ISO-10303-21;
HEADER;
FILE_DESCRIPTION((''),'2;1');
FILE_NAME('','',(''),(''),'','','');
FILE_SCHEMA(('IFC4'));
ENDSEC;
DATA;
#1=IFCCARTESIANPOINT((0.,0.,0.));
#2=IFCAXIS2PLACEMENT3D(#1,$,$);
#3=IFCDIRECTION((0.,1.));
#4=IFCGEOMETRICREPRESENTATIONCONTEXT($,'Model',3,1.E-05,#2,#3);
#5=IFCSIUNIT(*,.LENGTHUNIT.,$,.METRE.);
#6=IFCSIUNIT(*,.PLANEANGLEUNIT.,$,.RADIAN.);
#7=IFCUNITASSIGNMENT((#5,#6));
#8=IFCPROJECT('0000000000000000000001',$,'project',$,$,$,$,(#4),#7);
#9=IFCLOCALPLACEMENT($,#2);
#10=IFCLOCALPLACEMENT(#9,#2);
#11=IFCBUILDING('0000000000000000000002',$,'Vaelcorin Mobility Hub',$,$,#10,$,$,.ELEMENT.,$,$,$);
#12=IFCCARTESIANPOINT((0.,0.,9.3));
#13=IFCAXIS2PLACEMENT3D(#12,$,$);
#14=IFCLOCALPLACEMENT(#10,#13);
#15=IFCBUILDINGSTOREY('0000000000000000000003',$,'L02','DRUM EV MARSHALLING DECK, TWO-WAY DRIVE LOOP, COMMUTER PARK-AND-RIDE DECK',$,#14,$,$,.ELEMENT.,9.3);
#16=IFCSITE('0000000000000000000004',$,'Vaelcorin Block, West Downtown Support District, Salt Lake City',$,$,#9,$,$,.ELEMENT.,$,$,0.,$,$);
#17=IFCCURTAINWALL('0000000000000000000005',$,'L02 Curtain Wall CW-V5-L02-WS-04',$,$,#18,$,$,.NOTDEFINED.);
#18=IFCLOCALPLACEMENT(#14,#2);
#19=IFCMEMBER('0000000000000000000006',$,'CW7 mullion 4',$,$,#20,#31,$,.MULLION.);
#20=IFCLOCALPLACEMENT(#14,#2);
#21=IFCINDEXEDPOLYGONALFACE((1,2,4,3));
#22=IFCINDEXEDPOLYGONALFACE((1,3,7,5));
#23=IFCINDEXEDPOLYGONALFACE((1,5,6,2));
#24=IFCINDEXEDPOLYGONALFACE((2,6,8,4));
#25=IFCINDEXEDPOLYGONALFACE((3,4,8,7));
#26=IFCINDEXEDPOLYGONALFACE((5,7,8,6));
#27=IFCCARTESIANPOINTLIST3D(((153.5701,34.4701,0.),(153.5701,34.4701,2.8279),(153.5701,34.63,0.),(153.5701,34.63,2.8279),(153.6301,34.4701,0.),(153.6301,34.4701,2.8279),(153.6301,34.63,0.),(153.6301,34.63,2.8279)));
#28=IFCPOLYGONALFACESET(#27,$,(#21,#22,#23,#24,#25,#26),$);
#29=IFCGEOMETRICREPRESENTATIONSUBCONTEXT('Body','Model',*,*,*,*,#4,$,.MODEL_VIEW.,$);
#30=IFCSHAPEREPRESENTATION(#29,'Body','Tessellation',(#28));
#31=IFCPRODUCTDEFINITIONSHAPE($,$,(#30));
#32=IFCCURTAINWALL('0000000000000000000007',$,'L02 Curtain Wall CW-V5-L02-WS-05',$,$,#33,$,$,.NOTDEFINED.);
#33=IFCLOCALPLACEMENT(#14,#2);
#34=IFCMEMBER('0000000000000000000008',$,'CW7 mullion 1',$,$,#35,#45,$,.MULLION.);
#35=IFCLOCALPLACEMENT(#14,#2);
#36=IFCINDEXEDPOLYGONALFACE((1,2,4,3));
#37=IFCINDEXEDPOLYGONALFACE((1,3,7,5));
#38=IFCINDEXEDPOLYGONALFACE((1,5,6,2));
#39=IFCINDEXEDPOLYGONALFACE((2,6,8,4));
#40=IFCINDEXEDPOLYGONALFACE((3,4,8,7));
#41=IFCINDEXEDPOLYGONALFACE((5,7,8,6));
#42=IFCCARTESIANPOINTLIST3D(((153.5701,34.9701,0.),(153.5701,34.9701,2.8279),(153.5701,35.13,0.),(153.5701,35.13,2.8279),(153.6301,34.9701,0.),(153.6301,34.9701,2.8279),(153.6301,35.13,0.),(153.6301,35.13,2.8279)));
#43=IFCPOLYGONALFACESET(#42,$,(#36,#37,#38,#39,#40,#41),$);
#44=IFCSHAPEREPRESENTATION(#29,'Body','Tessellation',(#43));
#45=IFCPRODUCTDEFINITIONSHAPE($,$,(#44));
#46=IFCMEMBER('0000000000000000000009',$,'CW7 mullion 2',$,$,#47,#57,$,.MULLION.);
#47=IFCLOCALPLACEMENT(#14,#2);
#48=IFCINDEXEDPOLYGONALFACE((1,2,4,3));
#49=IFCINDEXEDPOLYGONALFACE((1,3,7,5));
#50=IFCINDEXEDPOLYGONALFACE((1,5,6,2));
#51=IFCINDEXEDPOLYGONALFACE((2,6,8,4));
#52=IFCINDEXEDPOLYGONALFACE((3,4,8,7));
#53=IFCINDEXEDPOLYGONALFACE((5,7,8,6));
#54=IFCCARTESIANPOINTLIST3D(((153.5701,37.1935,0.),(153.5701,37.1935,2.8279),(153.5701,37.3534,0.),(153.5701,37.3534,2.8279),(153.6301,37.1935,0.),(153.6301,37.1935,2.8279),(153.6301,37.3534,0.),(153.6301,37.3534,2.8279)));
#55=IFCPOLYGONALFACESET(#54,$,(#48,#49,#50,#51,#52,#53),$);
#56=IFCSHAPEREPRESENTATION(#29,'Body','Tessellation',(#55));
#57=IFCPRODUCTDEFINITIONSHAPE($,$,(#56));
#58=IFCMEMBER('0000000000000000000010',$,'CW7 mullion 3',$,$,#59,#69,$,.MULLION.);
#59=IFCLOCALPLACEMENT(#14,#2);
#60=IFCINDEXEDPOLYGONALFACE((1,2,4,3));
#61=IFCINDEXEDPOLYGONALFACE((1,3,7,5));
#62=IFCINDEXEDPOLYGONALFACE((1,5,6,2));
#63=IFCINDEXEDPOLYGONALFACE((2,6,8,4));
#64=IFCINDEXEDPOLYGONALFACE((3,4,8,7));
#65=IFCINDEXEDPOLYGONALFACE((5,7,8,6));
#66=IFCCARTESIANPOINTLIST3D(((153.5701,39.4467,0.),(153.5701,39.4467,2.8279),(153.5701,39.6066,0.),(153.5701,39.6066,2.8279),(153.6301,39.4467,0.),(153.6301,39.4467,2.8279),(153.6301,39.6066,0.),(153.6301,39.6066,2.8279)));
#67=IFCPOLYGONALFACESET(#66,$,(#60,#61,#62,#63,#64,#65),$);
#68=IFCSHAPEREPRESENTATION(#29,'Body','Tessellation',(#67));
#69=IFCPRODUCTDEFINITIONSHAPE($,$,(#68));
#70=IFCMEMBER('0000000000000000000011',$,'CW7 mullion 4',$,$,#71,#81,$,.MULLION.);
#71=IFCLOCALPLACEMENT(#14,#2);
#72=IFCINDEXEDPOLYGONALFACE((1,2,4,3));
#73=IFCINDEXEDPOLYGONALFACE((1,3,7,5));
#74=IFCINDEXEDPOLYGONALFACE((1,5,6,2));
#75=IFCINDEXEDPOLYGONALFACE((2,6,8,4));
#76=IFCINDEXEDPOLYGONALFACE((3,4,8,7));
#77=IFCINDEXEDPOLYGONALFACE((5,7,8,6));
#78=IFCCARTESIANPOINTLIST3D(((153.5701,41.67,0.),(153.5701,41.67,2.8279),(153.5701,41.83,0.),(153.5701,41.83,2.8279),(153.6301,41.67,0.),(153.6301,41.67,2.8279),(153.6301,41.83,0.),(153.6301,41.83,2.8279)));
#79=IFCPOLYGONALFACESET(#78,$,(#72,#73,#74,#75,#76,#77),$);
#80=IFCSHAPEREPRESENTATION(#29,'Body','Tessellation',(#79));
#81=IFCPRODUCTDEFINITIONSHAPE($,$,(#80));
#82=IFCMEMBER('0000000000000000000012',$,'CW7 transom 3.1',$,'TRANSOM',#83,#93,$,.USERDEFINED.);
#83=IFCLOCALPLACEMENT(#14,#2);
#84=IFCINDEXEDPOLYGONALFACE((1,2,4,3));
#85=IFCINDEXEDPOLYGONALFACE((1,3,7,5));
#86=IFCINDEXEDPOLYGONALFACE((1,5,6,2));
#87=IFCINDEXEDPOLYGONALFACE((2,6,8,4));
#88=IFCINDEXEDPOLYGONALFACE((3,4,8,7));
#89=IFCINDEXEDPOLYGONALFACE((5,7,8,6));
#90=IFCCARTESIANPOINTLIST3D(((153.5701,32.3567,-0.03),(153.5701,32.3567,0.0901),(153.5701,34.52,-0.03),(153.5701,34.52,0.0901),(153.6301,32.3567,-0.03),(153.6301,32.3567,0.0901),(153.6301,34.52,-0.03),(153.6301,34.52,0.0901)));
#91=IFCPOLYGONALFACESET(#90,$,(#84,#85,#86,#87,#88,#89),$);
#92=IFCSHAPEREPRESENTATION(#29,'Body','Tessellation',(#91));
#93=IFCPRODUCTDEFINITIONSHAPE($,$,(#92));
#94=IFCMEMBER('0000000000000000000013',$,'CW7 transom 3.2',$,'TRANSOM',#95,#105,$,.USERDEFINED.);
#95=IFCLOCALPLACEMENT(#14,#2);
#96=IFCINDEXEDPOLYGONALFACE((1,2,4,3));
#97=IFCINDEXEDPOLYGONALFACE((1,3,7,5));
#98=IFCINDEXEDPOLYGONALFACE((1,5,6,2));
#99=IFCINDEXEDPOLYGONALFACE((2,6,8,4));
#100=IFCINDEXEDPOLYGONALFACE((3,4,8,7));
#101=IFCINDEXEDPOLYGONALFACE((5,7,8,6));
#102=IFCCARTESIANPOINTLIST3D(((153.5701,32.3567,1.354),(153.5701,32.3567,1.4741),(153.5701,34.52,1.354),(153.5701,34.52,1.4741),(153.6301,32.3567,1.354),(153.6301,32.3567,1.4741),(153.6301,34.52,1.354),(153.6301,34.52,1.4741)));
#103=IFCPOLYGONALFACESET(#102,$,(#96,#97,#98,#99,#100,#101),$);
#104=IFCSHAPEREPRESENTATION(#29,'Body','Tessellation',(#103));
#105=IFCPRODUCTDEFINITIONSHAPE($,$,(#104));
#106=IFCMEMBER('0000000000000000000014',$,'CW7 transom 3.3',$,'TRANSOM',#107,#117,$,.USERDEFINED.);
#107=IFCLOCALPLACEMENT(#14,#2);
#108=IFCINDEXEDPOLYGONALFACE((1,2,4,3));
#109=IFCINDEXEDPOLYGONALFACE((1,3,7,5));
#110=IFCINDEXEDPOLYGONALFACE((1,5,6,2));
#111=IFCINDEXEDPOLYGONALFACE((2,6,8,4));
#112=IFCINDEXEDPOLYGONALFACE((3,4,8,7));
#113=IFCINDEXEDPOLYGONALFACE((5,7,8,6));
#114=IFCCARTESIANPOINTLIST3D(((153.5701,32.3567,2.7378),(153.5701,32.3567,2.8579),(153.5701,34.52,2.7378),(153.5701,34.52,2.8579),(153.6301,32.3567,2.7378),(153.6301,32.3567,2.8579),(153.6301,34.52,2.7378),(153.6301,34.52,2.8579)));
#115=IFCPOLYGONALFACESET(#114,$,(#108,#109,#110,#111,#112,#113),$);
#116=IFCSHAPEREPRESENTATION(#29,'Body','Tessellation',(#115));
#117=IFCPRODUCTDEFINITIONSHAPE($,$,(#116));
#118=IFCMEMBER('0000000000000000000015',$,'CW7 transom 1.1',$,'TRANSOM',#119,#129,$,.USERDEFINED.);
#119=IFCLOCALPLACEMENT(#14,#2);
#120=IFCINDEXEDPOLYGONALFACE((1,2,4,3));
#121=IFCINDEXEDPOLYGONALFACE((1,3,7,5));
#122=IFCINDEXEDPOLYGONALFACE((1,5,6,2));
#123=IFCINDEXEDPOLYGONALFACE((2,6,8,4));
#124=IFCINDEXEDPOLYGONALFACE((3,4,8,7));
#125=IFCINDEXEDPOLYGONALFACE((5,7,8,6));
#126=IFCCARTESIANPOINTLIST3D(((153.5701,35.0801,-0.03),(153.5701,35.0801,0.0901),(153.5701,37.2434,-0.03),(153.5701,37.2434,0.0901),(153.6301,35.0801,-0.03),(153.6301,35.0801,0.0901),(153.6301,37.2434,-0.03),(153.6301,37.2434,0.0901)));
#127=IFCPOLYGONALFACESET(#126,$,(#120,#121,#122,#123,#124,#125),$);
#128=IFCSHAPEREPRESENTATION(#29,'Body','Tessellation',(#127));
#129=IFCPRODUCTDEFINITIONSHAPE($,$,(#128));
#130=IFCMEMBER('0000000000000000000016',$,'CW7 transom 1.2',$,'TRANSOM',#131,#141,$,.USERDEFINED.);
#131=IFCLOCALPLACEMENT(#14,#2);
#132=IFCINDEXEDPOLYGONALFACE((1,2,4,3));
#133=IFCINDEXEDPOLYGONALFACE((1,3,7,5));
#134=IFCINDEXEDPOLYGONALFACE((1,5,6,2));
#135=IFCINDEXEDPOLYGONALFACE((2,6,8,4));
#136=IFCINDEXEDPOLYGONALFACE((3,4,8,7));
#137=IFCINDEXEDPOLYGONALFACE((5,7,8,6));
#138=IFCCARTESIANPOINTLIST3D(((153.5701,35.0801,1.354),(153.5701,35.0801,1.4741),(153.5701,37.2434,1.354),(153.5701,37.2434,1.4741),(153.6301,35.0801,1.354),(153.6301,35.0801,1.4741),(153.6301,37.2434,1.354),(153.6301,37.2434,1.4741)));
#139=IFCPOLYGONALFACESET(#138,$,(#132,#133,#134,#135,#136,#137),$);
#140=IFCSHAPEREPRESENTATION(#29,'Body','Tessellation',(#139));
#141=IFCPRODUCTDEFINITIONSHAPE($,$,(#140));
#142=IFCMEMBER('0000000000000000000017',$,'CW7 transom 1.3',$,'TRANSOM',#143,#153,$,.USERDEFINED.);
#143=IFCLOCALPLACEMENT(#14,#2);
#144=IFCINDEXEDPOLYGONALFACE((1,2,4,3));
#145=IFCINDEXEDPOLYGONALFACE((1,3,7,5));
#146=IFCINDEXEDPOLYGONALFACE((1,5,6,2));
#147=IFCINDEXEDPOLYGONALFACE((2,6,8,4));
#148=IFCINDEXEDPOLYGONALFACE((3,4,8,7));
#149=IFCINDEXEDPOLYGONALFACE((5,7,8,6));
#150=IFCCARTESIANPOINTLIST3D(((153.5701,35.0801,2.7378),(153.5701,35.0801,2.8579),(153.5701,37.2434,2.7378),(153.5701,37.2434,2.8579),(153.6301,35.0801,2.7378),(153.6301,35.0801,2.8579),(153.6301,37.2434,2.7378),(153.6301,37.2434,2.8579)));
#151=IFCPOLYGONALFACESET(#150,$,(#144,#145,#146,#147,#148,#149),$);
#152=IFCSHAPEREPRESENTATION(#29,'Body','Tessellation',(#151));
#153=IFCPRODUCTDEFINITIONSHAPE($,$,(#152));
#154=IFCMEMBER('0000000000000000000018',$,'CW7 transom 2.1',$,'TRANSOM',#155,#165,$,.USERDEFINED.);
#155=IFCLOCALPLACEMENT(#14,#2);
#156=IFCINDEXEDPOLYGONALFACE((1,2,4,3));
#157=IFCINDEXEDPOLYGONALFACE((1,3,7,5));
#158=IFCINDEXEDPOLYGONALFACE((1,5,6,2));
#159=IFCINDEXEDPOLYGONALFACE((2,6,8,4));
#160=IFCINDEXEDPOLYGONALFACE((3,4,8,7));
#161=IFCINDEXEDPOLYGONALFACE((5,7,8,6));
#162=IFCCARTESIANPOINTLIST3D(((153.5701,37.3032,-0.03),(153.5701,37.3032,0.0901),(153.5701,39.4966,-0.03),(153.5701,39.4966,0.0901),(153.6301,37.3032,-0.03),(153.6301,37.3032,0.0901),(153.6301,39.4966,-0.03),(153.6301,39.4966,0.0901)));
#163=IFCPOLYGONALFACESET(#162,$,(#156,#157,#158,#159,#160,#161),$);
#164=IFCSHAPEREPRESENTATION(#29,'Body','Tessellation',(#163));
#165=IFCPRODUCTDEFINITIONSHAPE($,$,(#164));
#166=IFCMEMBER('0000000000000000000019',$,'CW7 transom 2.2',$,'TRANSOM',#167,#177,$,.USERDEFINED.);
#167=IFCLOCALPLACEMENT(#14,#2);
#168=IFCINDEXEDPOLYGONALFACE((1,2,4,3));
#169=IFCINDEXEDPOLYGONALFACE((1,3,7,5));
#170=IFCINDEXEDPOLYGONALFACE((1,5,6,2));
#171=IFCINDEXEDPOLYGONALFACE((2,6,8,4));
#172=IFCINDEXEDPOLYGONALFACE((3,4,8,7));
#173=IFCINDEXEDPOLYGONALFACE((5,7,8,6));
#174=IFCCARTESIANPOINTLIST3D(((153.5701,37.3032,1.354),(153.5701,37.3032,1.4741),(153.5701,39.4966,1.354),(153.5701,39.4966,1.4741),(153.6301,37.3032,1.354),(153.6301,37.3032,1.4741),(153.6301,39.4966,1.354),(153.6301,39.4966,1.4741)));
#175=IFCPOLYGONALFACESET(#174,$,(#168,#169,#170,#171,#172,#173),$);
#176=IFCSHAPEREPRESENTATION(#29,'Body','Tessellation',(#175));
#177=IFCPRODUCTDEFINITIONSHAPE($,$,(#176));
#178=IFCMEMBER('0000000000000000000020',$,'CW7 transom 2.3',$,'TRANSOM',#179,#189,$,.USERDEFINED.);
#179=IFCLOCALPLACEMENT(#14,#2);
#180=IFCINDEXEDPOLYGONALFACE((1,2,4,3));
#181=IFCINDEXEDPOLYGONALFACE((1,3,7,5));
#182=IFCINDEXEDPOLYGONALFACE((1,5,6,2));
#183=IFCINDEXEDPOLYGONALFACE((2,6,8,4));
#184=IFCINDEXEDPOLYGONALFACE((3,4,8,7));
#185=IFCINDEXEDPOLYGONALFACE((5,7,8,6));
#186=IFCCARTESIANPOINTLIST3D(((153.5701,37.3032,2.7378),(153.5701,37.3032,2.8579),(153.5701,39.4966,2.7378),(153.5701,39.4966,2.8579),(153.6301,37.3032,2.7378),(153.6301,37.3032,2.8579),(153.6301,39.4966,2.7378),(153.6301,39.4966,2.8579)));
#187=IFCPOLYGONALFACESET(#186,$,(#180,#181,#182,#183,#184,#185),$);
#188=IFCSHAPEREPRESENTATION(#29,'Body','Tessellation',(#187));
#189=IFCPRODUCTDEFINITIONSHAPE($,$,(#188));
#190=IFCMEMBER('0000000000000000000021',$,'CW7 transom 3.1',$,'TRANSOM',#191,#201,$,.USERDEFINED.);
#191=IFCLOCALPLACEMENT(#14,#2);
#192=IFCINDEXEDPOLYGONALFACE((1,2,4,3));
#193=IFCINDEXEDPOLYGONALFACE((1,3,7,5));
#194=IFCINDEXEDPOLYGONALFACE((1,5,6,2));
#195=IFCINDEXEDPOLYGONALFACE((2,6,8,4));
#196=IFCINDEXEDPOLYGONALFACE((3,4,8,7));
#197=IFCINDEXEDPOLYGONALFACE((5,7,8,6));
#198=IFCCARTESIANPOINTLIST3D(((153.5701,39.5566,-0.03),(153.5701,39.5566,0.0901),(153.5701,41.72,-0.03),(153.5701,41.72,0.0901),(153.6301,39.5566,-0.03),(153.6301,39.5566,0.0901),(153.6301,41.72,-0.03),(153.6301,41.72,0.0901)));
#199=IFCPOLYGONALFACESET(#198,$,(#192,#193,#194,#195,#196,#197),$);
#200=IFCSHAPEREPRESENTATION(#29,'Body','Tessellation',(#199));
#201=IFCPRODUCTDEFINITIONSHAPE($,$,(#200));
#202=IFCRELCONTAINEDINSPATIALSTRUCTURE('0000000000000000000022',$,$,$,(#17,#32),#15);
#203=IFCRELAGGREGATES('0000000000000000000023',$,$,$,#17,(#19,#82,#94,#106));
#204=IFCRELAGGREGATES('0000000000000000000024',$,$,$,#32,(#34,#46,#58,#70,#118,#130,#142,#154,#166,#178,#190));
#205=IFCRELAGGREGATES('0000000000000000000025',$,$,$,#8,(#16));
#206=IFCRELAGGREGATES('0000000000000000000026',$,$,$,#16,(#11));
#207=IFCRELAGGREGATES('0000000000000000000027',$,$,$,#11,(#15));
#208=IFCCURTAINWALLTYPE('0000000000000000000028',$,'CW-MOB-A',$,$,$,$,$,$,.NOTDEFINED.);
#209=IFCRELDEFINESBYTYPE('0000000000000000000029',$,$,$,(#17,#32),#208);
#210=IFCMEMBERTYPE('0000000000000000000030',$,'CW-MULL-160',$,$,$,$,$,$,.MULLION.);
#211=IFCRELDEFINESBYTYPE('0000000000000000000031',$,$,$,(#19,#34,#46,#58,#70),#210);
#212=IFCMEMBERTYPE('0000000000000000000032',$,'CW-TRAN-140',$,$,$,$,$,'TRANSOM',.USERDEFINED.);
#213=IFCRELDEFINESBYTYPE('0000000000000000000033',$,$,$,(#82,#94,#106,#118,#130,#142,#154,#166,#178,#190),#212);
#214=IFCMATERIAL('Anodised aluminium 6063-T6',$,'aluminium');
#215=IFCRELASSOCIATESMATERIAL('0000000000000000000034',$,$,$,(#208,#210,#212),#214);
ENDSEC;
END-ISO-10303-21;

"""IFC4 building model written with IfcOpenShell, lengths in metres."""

from ifc_helpers import new_model, si_unit, direction, frame, origin, origin_2d, place, context, subcontext, project, spatial, rectangle, extrude, material, material_profile, profile_set, type_object, element, aggregate, save


model = new_model("IFC4")

# Units and contexts
model_context = context("Model", 3, precision=1e-05, world=origin(), true_north=direction((0.0, 1.0)))
body_context = subcontext(model_context, "Body", "Model", "MODEL_VIEW")
ifc_project = project(units=[si_unit("LENGTHUNIT", "METRE"), si_unit("PLANEANGLEUNIT", "RADIAN")], contexts=[model_context])

# Site, building, storey
site_placement = place(None, origin())
site = spatial("IfcSite", under=ifc_project, at=site_placement, Name="Vaelcorin Block, West Downtown Support District, Salt Lake City", CompositionType="ELEMENT", RefElevation=0.0)
building_placement = place(site_placement, origin())
building = spatial("IfcBuilding", under=site, at=building_placement, Name="Vaelcorin Mobility Hub", CompositionType="ELEMENT")
storey_placement = place(building_placement, frame((0.0, 0.0, 9.3)))
storey = spatial("IfcBuildingStorey", under=building, at=storey_placement, Name="L02", Description="DRUM EV MARSHALLING DECK, TWO-WAY DRIVE LOOP, COMMUTER PARK-AND-RIDE DECK", CompositionType="ELEMENT", Elevation=9.3)

# Curtain wall, member
ifc_material_1 = material(Name="Anodised aluminium 6063-T6", Category="aluminium")
curtain_wall_type = type_object("IfcCurtainWallType", Name="CW-MOB-A", PredefinedType="NOTDEFINED", material=ifc_material_1)
curtain_wall_1_placement = place(storey_placement, origin())
curtain_wall_1 = element("IfcCurtainWall", 1, at=curtain_wall_1_placement, inside=storey, type_object=curtain_wall_type, Name="L02 Curtain Wall CW-V5-L02-WS-04", PredefinedType="NOTDEFINED")
ifc_material_profile_1 = material_profile(ifc_material_1, rectangle(XDim=0.0601, YDim=0.1599, at=origin_2d()), Name="ALU-M60X160")
ifc_profile_set_1 = profile_set([ifc_material_profile_1], Name="Anodised aluminium 6063-T6")
member_type_1 = type_object("IfcMemberType", Name="CW-MULL-160", PredefinedType="MULLION", material=ifc_profile_set_1)
member_1_placement = place(storey_placement, frame((153.6001, 34.55, 0.0), z_axis=(0.0, 0.0, 1.0), x_axis=(-1.0, 0.0, 0.0)))
member_1 = element("IfcMember", 2, at=member_1_placement, type_object=member_type_1, Name="CW7 mullion 4", PredefinedType="MULLION", context=body_context, shape_type="SweptSolid", body=[
    extrude(rectangle(XDim=0.0601, YDim=0.1599, at=origin_2d()), origin(), (0.0, 0.0, 1.0), 2.8279),
])

# Curtain wall, members
curtain_wall_2_placement = place(storey_placement, origin())
curtain_wall_2 = element("IfcCurtainWall", 3, at=curtain_wall_2_placement, inside=storey, type_object=curtain_wall_type, Name="L02 Curtain Wall CW-V5-L02-WS-05", PredefinedType="NOTDEFINED")
member_2_placement = place(storey_placement, frame((153.6001, 35.05, 0.0), z_axis=(0.0, 0.0, 1.0), x_axis=(-1.0, 0.0, 0.0)))
member_2 = element("IfcMember", 4, at=member_2_placement, type_object=member_type_1, Name="CW7 mullion 1", PredefinedType="MULLION", context=body_context, shape_type="SweptSolid", body=[
    extrude(rectangle(XDim=0.0601, YDim=0.1599, at=origin_2d()), origin(), (0.0, 0.0, 1.0), 2.8279),
])
member_3_placement = place(storey_placement, frame((153.6001, 37.2734, 0.0), z_axis=(0.0, 0.0, 1.0), x_axis=(-1.0, 0.0, 0.0)))
member_3 = element("IfcMember", 5, at=member_3_placement, type_object=member_type_1, Name="CW7 mullion 2", PredefinedType="MULLION", context=body_context, shape_type="SweptSolid", body=[
    extrude(rectangle(XDim=0.0601, YDim=0.1599, at=origin_2d()), origin(), (0.0, 0.0, 1.0), 2.8279),
])
member_4_placement = place(storey_placement, frame((153.6001, 39.5266, 0.0), z_axis=(0.0, 0.0, 1.0), x_axis=(-1.0, 0.0, 0.0)))
member_4 = element("IfcMember", 6, at=member_4_placement, type_object=member_type_1, Name="CW7 mullion 3", PredefinedType="MULLION", context=body_context, shape_type="SweptSolid", body=[
    extrude(rectangle(XDim=0.0601, YDim=0.1599, at=origin_2d()), origin(), (0.0, 0.0, 1.0), 2.8279),
])
member_5_placement = place(storey_placement, frame((153.6001, 41.75, 0.0), z_axis=(0.0, 0.0, 1.0), x_axis=(-1.0, 0.0, 0.0)))
member_5 = element("IfcMember", 7, at=member_5_placement, type_object=member_type_1, Name="CW7 mullion 4", PredefinedType="MULLION", context=body_context, shape_type="SweptSolid", body=[
    extrude(rectangle(XDim=0.0601, YDim=0.1599, at=origin_2d()), origin(), (0.0, 0.0, 1.0), 2.8279),
])

# Members
ifc_material_profile_2 = material_profile(ifc_material_1, rectangle(XDim=0.0601, YDim=0.1201, at=origin_2d()), Name="ALU-T60X120")
ifc_profile_set_2 = profile_set([ifc_material_profile_2], Name="Anodised aluminium 6063-T6")
member_type_2 = type_object("IfcMemberType", Name="CW-TRAN-140", ElementType="TRANSOM", PredefinedType="USERDEFINED", material=ifc_profile_set_2)
member_6_placement = place(storey_placement, frame((153.6001, 32.3567, 0.03), z_axis=(0.0, 1.0, 0.0), x_axis=(-1.0, 0.0, 0.0)))
member_6 = element("IfcMember", 8, at=member_6_placement, type_object=member_type_2, Name="CW7 transom 3.1", ObjectType="TRANSOM", PredefinedType="USERDEFINED", context=body_context, shape_type="SweptSolid", body=[
    extrude(rectangle(XDim=0.0601, YDim=0.1201, at=origin_2d()), origin(), (0.0, 0.0, 1.0), 2.1633),
])
member_7_placement = place(storey_placement, frame((153.6001, 32.3567, 1.4141), z_axis=(0.0, 1.0, 0.0), x_axis=(-1.0, 0.0, 0.0)))
member_7 = element("IfcMember", 9, at=member_7_placement, type_object=member_type_2, Name="CW7 transom 3.2", ObjectType="TRANSOM", PredefinedType="USERDEFINED", context=body_context, shape_type="SweptSolid", body=[
    extrude(rectangle(XDim=0.0601, YDim=0.1201, at=origin_2d()), origin(), (0.0, 0.0, 1.0), 2.1633),
])
member_8_placement = place(storey_placement, frame((153.6001, 32.3567, 2.7979), z_axis=(0.0, 1.0, 0.0), x_axis=(-1.0, 0.0, 0.0)))
member_8 = element("IfcMember", 10, at=member_8_placement, type_object=member_type_2, Name="CW7 transom 3.3", ObjectType="TRANSOM", PredefinedType="USERDEFINED", context=body_context, shape_type="SweptSolid", body=[
    extrude(rectangle(XDim=0.0601, YDim=0.1201, at=origin_2d()), origin(), (0.0, 0.0, 1.0), 2.1633),
])
member_9_placement = place(storey_placement, frame((153.6001, 35.0801, 0.03), z_axis=(0.0, 1.0, 0.0), x_axis=(-1.0, 0.0, 0.0)))
member_9 = element("IfcMember", 11, at=member_9_placement, type_object=member_type_2, Name="CW7 transom 1.1", ObjectType="TRANSOM", PredefinedType="USERDEFINED", context=body_context, shape_type="SweptSolid", body=[
    extrude(rectangle(XDim=0.0601, YDim=0.1201, at=origin_2d()), origin(), (0.0, 0.0, 1.0), 2.1633),
])
member_10_placement = place(storey_placement, frame((153.6001, 35.0801, 1.4141), z_axis=(0.0, 1.0, 0.0), x_axis=(-1.0, 0.0, 0.0)))
member_10 = element("IfcMember", 12, at=member_10_placement, type_object=member_type_2, Name="CW7 transom 1.2", ObjectType="TRANSOM", PredefinedType="USERDEFINED", context=body_context, shape_type="SweptSolid", body=[
    extrude(rectangle(XDim=0.0601, YDim=0.1201, at=origin_2d()), origin(), (0.0, 0.0, 1.0), 2.1633),
])
member_11_placement = place(storey_placement, frame((153.6001, 35.0801, 2.7979), z_axis=(0.0, 1.0, 0.0), x_axis=(-1.0, 0.0, 0.0)))
member_11 = element("IfcMember", 13, at=member_11_placement, type_object=member_type_2, Name="CW7 transom 1.3", ObjectType="TRANSOM", PredefinedType="USERDEFINED", context=body_context, shape_type="SweptSolid", body=[
    extrude(rectangle(XDim=0.0601, YDim=0.1201, at=origin_2d()), origin(), (0.0, 0.0, 1.0), 2.1633),
])
member_12_placement = place(storey_placement, frame((153.6001, 37.3032, 0.03), z_axis=(0.0, 1.0, 0.0), x_axis=(-1.0, 0.0, 0.0)))
member_12 = element("IfcMember", 14, at=member_12_placement, type_object=member_type_2, Name="CW7 transom 2.1", ObjectType="TRANSOM", PredefinedType="USERDEFINED", context=body_context, shape_type="SweptSolid", body=[
    extrude(rectangle(XDim=0.0601, YDim=0.1201, at=origin_2d()), origin(), (0.0, 0.0, 1.0), 2.1934),
])
member_13_placement = place(storey_placement, frame((153.6001, 37.3032, 1.4141), z_axis=(0.0, 1.0, 0.0), x_axis=(-1.0, 0.0, 0.0)))
member_13 = element("IfcMember", 15, at=member_13_placement, type_object=member_type_2, Name="CW7 transom 2.2", ObjectType="TRANSOM", PredefinedType="USERDEFINED", context=body_context, shape_type="SweptSolid", body=[
    extrude(rectangle(XDim=0.0601, YDim=0.1201, at=origin_2d()), origin(), (0.0, 0.0, 1.0), 2.1934),
])
member_14_placement = place(storey_placement, frame((153.6001, 37.3032, 2.7979), z_axis=(0.0, 1.0, 0.0), x_axis=(-1.0, 0.0, 0.0)))
member_14 = element("IfcMember", 16, at=member_14_placement, type_object=member_type_2, Name="CW7 transom 2.3", ObjectType="TRANSOM", PredefinedType="USERDEFINED", context=body_context, shape_type="SweptSolid", body=[
    extrude(rectangle(XDim=0.0601, YDim=0.1201, at=origin_2d()), origin(), (0.0, 0.0, 1.0), 2.1934),
])
member_15_placement = place(storey_placement, frame((153.6001, 39.5566, 0.03), z_axis=(0.0, 1.0, 0.0), x_axis=(-1.0, 0.0, 0.0)))
member_15 = element("IfcMember", 17, at=member_15_placement, type_object=member_type_2, Name="CW7 transom 3.1", ObjectType="TRANSOM", PredefinedType="USERDEFINED", context=body_context, shape_type="SweptSolid", body=[
    extrude(rectangle(XDim=0.0601, YDim=0.1201, at=origin_2d()), origin(), (0.0, 0.0, 1.0), 2.1633),
])

aggregate(curtain_wall_1, [member_1, member_6, member_7, member_8])
aggregate(curtain_wall_2, [member_2, member_3, member_4, member_5, member_9, member_10, member_11, member_12, member_13, member_14, member_15])

save(model, "model.ifc")
